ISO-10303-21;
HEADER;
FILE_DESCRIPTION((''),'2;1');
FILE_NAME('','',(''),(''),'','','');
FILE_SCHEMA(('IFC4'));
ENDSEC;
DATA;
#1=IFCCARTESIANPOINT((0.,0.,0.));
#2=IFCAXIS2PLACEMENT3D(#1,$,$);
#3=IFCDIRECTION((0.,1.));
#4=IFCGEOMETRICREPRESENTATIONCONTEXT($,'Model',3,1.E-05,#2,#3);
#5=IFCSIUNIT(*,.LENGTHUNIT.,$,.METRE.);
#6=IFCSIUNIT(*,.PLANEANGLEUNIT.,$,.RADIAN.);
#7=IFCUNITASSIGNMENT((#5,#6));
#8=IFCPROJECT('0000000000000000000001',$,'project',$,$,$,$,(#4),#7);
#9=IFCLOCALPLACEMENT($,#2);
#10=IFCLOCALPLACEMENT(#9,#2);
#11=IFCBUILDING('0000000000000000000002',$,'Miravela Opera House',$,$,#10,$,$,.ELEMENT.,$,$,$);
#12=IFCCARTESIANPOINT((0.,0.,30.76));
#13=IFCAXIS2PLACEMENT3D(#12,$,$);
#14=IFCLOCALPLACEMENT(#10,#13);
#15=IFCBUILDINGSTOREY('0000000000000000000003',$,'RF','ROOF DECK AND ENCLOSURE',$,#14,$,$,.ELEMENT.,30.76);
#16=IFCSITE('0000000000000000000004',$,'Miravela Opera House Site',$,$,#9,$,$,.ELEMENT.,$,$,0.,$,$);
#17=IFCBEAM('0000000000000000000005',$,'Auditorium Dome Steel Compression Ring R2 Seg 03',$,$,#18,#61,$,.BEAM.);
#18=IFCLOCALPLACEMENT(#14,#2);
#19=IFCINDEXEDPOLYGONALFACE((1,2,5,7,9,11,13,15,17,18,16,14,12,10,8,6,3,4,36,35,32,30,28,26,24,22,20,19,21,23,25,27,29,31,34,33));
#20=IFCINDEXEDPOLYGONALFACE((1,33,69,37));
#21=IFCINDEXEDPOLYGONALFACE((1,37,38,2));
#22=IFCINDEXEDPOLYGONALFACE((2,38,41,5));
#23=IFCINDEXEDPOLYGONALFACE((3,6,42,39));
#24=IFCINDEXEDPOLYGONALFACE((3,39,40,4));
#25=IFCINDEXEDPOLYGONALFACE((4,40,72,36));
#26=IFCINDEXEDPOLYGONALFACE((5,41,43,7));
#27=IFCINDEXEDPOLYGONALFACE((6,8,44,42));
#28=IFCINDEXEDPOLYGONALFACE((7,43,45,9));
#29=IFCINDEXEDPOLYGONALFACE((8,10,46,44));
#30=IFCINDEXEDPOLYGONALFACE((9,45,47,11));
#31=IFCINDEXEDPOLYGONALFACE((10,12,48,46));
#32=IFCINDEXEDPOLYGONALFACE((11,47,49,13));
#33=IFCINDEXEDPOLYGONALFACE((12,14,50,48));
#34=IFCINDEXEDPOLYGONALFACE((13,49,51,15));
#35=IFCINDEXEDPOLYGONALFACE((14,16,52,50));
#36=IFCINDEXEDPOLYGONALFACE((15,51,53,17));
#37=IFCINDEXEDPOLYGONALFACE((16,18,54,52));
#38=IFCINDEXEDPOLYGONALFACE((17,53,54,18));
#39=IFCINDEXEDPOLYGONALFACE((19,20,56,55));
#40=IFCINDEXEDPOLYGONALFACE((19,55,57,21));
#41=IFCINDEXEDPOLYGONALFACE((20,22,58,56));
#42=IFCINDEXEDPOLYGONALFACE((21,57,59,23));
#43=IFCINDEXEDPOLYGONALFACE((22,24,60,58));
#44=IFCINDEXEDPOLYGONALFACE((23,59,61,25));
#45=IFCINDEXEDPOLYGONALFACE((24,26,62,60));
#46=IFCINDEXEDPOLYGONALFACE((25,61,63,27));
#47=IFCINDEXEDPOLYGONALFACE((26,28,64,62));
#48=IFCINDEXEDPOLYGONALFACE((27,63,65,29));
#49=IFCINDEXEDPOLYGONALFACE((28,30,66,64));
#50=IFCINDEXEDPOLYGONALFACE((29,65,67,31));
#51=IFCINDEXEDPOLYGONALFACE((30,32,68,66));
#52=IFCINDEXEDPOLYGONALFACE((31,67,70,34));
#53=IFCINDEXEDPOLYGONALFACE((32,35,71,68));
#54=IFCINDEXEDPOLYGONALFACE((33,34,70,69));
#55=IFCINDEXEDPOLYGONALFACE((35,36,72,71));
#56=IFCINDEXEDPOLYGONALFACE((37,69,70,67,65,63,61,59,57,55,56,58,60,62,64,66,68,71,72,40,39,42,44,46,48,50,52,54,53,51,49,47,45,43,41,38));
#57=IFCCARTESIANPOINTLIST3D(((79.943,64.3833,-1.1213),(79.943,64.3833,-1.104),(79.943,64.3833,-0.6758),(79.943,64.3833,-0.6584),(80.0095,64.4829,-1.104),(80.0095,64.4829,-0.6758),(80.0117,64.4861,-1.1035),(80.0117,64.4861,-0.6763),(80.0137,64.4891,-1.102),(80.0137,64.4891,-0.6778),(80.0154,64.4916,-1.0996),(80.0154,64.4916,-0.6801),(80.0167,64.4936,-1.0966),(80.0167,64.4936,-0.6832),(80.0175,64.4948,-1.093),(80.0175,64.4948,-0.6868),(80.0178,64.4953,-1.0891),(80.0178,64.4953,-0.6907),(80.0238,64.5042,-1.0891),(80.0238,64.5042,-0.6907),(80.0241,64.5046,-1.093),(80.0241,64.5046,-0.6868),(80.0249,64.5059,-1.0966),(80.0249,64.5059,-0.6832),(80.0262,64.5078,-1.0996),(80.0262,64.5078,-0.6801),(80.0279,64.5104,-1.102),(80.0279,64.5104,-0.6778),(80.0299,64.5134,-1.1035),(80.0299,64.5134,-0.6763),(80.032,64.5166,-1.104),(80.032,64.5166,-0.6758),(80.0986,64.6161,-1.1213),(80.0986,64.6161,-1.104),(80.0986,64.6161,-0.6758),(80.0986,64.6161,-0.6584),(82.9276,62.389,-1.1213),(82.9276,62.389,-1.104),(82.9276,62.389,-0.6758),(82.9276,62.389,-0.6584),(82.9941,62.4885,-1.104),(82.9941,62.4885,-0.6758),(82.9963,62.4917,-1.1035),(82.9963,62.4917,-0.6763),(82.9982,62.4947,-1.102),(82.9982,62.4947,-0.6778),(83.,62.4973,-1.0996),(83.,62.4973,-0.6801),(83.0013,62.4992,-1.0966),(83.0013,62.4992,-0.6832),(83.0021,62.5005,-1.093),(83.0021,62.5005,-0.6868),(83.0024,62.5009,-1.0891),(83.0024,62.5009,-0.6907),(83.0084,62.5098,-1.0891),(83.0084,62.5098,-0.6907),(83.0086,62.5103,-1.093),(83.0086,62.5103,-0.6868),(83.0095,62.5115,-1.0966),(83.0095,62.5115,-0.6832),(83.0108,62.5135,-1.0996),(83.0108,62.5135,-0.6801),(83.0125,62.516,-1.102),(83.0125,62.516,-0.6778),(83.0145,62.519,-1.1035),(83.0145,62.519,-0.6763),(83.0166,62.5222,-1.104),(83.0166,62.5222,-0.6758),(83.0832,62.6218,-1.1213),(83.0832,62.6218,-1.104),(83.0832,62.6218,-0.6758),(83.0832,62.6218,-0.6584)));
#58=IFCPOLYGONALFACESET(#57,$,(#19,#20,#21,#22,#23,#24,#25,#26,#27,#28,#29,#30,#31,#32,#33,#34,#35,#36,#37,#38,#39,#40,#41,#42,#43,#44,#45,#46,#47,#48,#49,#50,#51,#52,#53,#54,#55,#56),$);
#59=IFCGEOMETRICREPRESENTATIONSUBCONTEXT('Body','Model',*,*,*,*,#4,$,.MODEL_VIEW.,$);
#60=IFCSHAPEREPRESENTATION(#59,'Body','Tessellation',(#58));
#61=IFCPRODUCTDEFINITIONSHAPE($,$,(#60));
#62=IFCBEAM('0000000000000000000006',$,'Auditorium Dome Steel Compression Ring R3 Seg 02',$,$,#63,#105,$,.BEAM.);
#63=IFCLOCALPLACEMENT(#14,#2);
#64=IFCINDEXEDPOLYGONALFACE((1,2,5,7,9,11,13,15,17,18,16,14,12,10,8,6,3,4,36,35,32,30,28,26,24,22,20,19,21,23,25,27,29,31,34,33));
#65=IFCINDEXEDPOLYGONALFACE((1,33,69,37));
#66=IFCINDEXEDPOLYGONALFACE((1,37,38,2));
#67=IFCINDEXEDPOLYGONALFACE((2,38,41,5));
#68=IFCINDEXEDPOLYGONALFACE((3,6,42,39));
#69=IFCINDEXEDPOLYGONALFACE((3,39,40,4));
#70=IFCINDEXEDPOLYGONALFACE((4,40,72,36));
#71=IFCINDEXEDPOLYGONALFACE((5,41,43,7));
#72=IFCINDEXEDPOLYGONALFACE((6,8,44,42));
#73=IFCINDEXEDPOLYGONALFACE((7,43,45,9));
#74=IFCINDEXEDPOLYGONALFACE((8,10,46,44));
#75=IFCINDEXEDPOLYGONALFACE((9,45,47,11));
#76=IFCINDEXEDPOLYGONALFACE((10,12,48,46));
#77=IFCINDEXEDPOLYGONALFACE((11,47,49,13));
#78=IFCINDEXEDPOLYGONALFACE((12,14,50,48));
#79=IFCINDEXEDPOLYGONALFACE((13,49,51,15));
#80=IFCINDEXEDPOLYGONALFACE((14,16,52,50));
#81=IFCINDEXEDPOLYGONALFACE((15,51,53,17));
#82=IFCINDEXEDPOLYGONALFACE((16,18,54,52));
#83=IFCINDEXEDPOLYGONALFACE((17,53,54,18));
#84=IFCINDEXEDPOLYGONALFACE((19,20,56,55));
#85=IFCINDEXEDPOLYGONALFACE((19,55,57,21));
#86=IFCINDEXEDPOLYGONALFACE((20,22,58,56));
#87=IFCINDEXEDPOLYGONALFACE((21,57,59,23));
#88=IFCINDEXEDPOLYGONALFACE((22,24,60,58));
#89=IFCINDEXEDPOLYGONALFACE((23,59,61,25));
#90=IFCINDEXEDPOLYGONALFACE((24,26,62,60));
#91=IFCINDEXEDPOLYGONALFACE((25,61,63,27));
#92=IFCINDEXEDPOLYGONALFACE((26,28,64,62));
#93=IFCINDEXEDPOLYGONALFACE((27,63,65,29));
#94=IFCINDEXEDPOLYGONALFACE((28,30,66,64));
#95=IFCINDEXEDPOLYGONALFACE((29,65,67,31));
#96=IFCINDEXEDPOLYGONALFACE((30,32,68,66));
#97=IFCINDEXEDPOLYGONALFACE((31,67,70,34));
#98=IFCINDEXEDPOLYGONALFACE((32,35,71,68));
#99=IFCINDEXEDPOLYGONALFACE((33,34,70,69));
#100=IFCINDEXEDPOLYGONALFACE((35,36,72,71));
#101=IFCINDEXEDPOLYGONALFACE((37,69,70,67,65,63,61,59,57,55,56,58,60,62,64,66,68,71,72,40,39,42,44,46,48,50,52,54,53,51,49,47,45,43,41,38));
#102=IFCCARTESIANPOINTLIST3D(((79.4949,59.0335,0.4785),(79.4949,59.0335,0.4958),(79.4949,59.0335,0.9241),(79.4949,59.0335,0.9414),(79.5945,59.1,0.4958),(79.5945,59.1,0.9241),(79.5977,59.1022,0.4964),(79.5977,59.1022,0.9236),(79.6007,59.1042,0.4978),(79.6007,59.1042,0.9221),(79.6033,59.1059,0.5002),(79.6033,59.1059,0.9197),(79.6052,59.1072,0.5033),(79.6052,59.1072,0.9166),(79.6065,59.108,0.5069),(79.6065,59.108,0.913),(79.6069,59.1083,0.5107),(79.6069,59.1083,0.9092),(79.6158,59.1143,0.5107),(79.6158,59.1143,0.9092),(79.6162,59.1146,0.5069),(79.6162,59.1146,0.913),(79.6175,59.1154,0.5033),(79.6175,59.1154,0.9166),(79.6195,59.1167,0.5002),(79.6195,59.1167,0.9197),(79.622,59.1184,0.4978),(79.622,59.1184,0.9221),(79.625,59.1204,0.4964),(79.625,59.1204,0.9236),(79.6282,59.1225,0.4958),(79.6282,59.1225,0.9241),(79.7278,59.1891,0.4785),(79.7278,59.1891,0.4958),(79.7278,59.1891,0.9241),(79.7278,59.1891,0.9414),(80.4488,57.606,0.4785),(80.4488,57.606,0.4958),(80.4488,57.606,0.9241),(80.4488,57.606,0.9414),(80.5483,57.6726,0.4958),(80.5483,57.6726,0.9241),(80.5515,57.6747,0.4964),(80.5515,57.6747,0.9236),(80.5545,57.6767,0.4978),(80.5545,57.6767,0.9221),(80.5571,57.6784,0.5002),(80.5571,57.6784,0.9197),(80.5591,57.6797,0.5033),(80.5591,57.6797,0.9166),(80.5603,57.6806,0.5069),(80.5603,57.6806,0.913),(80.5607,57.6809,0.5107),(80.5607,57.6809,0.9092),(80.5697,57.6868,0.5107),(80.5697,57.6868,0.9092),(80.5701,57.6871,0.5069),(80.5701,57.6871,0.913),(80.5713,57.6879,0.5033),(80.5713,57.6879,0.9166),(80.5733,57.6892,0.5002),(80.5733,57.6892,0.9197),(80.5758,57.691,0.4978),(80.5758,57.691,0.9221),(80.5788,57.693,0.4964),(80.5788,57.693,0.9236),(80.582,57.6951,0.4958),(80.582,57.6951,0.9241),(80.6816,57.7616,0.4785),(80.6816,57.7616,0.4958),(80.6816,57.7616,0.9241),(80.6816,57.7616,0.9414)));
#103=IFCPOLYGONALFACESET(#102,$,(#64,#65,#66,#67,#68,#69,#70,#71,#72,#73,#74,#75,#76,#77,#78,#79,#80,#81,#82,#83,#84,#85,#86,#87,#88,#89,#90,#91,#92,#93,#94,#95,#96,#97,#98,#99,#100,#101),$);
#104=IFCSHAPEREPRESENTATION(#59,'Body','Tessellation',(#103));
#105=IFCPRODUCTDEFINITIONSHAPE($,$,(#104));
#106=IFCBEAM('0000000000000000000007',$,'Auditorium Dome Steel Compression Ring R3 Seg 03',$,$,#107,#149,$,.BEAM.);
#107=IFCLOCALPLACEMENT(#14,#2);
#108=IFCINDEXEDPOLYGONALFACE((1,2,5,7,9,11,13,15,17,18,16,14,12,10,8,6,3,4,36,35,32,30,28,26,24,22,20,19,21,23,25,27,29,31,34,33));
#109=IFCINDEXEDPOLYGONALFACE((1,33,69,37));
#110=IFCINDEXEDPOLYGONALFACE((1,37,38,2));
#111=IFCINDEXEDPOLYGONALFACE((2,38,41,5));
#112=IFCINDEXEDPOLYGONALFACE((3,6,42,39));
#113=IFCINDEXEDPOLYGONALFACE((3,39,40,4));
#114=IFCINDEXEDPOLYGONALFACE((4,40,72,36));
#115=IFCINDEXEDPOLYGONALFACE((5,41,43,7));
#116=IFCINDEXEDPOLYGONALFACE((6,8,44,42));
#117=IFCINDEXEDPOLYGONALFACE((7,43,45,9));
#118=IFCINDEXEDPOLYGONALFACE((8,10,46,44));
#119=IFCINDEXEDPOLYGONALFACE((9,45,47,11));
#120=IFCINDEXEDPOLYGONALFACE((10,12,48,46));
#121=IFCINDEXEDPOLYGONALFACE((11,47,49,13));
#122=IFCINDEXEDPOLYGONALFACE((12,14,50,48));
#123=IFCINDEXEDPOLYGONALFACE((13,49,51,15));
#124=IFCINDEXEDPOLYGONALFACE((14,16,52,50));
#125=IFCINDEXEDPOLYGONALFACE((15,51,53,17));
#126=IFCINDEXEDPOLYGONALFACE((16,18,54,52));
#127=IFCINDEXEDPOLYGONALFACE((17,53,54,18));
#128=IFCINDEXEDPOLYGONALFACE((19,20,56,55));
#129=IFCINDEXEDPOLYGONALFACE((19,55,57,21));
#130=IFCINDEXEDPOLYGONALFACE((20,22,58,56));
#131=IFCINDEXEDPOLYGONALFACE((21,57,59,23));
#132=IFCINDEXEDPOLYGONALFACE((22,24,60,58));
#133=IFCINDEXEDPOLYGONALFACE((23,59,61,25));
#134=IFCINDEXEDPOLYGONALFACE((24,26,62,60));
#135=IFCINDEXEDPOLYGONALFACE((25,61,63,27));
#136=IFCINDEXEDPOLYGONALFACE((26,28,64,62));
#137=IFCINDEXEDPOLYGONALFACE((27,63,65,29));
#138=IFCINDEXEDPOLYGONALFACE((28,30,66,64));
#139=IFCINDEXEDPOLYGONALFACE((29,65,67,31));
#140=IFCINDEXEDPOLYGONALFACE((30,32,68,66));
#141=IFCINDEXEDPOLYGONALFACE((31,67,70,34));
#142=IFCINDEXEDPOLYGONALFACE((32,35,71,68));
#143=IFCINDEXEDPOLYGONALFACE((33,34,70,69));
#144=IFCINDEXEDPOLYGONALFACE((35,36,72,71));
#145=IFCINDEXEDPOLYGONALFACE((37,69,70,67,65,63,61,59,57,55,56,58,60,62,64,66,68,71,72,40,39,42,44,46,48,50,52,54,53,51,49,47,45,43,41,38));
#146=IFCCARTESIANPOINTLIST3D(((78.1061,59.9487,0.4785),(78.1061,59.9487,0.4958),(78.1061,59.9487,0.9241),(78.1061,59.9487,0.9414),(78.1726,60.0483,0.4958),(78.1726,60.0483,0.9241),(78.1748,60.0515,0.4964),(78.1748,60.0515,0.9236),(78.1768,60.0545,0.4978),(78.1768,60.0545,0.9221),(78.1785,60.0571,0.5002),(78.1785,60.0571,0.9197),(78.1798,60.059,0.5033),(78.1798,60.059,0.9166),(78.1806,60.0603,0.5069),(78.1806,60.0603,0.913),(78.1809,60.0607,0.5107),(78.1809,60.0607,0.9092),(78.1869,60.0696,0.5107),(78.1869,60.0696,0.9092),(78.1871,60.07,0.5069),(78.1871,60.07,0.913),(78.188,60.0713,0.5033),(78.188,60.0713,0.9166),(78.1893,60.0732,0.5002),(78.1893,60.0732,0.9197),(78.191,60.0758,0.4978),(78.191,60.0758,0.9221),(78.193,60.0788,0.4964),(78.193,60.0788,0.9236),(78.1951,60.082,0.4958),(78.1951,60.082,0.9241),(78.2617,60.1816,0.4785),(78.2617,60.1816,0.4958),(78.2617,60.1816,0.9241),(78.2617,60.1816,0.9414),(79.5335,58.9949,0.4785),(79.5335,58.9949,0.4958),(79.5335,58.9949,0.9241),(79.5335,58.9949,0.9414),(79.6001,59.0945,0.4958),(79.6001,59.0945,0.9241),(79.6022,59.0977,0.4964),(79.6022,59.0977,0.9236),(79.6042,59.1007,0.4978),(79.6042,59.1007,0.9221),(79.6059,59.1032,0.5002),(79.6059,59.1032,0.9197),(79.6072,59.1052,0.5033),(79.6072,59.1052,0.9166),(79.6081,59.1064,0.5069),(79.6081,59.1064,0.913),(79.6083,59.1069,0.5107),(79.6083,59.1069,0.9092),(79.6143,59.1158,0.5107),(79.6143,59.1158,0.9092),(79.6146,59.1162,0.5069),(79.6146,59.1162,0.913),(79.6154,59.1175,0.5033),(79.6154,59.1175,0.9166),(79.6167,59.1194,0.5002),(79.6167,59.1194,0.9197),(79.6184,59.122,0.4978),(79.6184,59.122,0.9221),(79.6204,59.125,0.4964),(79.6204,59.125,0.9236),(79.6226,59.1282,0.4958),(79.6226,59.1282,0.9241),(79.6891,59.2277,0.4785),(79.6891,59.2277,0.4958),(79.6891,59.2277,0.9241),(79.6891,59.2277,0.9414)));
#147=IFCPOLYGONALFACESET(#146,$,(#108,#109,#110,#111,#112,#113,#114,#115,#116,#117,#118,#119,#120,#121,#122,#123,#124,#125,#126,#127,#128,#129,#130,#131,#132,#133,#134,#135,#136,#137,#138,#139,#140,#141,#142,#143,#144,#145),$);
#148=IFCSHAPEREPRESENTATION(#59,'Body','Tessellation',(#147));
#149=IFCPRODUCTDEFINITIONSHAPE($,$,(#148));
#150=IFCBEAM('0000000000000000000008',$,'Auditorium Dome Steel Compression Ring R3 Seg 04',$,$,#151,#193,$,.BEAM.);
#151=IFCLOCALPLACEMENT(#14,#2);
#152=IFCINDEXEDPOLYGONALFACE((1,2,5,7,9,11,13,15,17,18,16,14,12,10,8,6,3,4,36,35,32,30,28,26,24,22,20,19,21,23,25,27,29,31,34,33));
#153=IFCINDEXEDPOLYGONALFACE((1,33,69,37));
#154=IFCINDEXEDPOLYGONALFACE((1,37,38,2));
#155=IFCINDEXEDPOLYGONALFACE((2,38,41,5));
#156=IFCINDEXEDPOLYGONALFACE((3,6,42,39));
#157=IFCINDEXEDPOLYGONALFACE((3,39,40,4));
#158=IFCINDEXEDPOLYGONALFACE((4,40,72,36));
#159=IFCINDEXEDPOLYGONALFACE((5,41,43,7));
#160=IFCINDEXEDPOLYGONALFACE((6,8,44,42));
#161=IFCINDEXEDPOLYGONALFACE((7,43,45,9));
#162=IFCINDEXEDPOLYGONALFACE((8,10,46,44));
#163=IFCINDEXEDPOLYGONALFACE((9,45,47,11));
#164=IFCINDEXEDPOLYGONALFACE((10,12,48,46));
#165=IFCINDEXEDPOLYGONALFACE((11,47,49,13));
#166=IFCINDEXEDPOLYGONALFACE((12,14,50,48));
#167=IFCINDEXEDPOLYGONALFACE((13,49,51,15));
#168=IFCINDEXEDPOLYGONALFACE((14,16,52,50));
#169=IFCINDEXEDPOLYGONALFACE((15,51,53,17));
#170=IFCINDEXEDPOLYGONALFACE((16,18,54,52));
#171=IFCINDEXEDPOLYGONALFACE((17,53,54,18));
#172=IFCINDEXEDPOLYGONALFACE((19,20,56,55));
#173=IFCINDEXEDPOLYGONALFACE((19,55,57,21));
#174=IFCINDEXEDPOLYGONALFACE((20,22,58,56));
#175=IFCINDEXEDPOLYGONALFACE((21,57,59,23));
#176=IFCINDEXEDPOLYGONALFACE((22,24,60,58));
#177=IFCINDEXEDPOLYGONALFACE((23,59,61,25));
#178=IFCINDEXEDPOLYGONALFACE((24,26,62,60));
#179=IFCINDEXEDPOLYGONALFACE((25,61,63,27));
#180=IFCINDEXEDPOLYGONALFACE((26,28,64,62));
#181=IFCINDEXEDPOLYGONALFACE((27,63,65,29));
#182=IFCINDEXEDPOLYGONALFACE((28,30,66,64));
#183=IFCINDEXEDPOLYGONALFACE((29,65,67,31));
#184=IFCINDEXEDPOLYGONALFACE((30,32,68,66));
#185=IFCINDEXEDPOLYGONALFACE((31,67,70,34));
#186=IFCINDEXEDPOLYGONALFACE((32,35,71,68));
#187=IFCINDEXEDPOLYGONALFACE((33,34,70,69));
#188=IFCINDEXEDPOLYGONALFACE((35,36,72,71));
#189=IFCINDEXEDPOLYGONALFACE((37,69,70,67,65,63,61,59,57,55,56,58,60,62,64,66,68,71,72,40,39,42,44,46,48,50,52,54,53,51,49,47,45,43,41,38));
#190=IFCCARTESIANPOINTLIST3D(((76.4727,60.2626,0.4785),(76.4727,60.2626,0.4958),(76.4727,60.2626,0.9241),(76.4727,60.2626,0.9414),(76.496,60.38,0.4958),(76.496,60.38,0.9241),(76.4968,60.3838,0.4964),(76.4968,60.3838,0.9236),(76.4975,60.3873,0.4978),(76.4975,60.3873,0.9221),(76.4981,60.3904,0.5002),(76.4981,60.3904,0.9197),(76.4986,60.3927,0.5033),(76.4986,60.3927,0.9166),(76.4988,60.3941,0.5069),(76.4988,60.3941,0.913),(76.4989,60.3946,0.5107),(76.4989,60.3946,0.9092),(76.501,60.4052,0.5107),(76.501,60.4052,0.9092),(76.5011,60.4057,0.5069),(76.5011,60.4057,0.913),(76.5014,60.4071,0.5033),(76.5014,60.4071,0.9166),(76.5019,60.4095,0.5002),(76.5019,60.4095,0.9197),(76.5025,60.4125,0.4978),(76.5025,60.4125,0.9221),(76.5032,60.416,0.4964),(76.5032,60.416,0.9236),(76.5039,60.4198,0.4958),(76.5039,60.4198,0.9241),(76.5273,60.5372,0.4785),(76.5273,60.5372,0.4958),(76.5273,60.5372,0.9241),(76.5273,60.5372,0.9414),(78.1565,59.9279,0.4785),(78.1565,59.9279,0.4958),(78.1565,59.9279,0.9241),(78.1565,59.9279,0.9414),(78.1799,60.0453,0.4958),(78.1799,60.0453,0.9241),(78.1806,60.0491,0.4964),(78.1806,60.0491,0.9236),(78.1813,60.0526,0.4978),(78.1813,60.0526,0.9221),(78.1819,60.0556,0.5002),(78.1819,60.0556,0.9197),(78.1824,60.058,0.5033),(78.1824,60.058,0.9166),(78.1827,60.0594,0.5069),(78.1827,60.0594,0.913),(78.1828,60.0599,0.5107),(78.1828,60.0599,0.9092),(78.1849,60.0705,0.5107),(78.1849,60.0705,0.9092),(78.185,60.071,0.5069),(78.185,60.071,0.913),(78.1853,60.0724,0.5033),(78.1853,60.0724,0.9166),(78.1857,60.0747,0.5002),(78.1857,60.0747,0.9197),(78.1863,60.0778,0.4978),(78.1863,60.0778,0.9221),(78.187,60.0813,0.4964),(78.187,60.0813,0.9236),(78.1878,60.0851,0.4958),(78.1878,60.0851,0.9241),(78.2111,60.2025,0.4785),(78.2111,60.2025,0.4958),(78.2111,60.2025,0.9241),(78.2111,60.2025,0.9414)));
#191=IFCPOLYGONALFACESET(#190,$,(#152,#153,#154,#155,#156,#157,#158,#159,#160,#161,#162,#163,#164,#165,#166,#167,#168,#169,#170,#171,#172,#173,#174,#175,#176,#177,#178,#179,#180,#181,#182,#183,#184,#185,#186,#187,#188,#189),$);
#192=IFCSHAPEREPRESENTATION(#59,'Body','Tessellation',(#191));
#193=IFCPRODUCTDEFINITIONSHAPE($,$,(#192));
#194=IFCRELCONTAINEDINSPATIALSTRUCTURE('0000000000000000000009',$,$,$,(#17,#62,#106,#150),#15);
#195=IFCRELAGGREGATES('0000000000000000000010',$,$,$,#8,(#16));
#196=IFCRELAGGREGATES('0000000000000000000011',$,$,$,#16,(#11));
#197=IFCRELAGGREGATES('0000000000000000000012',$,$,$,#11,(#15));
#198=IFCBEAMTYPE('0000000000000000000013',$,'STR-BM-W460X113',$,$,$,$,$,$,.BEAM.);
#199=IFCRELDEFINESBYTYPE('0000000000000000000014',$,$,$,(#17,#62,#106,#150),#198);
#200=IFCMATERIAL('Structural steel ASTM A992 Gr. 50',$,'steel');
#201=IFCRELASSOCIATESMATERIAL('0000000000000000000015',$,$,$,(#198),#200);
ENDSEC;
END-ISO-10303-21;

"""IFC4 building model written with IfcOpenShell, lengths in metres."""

from ifc_helpers import new_model, si_unit, direction, frame, origin, origin_2d, place, context, subcontext, project, spatial, i_section, extrude, material, material_profile, profile_set, type_object, element, save


model = new_model("IFC4")

# Units and contexts
model_context = context("Model", 3, precision=1e-05, world=origin(), true_north=direction((0.0, 1.0)))
body_context = subcontext(model_context, "Body", "Model", "MODEL_VIEW")
ifc_project = project(units=[si_unit("LENGTHUNIT", "METRE"), si_unit("PLANEANGLEUNIT", "RADIAN")], contexts=[model_context])

# Site, building, storey
site_placement = place(None, origin())
site = spatial("IfcSite", under=ifc_project, at=site_placement, Name="Miravela Opera House Site", CompositionType="ELEMENT", RefElevation=0.0)
building_placement = place(site_placement, origin())
building = spatial("IfcBuilding", under=site, at=building_placement, Name="Miravela Opera House", CompositionType="ELEMENT")
storey_placement = place(building_placement, frame((0.0, 0.0, 30.76)))
storey = spatial("IfcBuildingStorey", under=building, at=storey_placement, Name="RF", Description="ROOF DECK AND ENCLOSURE", CompositionType="ELEMENT", Elevation=30.76)

# Beams
ifc_material_1 = material(Name="Structural steel ASTM A992 Gr. 50", Category="steel")
ifc_material_profile_1 = material_profile(ifc_material_1, i_section(OverallWidth=0.28, OverallDepth=0.4629, WebThickness=0.0107, FlangeThickness=0.0173, FilletRadius=0.0149, at=origin_2d()), Name="W460X113")
ifc_profile_set_1 = profile_set([ifc_material_profile_1])
beam_type = type_object("IfcBeamType", Name="STR-BM-W460X113", PredefinedType="BEAM", material=ifc_profile_set_1)
beam_1_placement = place(storey_placement, frame((83.0054, 62.5054, -0.8899), z_axis=(-0.831453, 0.555595, 0.0), x_axis=(-0.555595, -0.831453, 0.0)))
element("IfcBeam", 1, at=beam_1_placement, inside=storey, type_object=beam_type, Name="Auditorium Dome Steel Compression Ring R2 Seg 03", PredefinedType="BEAM", context=body_context, shape_type="SweptSolid", body=[
    extrude(i_section(OverallWidth=0.28, OverallDepth=0.4629, WebThickness=0.0107, FlangeThickness=0.0173, FilletRadius=0.0149, at=origin_2d()), origin(), (0.0, 0.0, 1.0), 3.5896),
])
for number, where, z_axis, x_axis, name in (
    (2, (80.5652, 57.6838, 0.71), (-0.555586, 0.831459, 0.0), (-0.831459, -0.555586, 0.0), "Auditorium Dome Steel Compression Ring R3 Seg 02"),
    (3, (79.6113, 59.1113, 0.71), (-0.831459, 0.555586, 0.0), (-0.555586, -0.831459, 0.0), "Auditorium Dome Steel Compression Ring R3 Seg 03"),
    (4, (78.1838, 60.0652, 0.71), (-0.98081, 0.194967, 0.0), (-0.194967, -0.98081, 0.0), "Auditorium Dome Steel Compression Ring R3 Seg 04"),
):
    element("IfcBeam", number, at=place(storey_placement, frame(where, z_axis=z_axis, x_axis=x_axis)), inside=storey, type_object=beam_type, Name=name, PredefinedType="BEAM", context=body_context, shape_type="SweptSolid", body=[
        extrude(i_section(OverallWidth=0.28, OverallDepth=0.4629, WebThickness=0.0107, FlangeThickness=0.0173, FilletRadius=0.0149, at=origin_2d()), origin(), (0.0, 0.0, 1.0), 1.7168),
    ])

save(model, "model.ifc")
